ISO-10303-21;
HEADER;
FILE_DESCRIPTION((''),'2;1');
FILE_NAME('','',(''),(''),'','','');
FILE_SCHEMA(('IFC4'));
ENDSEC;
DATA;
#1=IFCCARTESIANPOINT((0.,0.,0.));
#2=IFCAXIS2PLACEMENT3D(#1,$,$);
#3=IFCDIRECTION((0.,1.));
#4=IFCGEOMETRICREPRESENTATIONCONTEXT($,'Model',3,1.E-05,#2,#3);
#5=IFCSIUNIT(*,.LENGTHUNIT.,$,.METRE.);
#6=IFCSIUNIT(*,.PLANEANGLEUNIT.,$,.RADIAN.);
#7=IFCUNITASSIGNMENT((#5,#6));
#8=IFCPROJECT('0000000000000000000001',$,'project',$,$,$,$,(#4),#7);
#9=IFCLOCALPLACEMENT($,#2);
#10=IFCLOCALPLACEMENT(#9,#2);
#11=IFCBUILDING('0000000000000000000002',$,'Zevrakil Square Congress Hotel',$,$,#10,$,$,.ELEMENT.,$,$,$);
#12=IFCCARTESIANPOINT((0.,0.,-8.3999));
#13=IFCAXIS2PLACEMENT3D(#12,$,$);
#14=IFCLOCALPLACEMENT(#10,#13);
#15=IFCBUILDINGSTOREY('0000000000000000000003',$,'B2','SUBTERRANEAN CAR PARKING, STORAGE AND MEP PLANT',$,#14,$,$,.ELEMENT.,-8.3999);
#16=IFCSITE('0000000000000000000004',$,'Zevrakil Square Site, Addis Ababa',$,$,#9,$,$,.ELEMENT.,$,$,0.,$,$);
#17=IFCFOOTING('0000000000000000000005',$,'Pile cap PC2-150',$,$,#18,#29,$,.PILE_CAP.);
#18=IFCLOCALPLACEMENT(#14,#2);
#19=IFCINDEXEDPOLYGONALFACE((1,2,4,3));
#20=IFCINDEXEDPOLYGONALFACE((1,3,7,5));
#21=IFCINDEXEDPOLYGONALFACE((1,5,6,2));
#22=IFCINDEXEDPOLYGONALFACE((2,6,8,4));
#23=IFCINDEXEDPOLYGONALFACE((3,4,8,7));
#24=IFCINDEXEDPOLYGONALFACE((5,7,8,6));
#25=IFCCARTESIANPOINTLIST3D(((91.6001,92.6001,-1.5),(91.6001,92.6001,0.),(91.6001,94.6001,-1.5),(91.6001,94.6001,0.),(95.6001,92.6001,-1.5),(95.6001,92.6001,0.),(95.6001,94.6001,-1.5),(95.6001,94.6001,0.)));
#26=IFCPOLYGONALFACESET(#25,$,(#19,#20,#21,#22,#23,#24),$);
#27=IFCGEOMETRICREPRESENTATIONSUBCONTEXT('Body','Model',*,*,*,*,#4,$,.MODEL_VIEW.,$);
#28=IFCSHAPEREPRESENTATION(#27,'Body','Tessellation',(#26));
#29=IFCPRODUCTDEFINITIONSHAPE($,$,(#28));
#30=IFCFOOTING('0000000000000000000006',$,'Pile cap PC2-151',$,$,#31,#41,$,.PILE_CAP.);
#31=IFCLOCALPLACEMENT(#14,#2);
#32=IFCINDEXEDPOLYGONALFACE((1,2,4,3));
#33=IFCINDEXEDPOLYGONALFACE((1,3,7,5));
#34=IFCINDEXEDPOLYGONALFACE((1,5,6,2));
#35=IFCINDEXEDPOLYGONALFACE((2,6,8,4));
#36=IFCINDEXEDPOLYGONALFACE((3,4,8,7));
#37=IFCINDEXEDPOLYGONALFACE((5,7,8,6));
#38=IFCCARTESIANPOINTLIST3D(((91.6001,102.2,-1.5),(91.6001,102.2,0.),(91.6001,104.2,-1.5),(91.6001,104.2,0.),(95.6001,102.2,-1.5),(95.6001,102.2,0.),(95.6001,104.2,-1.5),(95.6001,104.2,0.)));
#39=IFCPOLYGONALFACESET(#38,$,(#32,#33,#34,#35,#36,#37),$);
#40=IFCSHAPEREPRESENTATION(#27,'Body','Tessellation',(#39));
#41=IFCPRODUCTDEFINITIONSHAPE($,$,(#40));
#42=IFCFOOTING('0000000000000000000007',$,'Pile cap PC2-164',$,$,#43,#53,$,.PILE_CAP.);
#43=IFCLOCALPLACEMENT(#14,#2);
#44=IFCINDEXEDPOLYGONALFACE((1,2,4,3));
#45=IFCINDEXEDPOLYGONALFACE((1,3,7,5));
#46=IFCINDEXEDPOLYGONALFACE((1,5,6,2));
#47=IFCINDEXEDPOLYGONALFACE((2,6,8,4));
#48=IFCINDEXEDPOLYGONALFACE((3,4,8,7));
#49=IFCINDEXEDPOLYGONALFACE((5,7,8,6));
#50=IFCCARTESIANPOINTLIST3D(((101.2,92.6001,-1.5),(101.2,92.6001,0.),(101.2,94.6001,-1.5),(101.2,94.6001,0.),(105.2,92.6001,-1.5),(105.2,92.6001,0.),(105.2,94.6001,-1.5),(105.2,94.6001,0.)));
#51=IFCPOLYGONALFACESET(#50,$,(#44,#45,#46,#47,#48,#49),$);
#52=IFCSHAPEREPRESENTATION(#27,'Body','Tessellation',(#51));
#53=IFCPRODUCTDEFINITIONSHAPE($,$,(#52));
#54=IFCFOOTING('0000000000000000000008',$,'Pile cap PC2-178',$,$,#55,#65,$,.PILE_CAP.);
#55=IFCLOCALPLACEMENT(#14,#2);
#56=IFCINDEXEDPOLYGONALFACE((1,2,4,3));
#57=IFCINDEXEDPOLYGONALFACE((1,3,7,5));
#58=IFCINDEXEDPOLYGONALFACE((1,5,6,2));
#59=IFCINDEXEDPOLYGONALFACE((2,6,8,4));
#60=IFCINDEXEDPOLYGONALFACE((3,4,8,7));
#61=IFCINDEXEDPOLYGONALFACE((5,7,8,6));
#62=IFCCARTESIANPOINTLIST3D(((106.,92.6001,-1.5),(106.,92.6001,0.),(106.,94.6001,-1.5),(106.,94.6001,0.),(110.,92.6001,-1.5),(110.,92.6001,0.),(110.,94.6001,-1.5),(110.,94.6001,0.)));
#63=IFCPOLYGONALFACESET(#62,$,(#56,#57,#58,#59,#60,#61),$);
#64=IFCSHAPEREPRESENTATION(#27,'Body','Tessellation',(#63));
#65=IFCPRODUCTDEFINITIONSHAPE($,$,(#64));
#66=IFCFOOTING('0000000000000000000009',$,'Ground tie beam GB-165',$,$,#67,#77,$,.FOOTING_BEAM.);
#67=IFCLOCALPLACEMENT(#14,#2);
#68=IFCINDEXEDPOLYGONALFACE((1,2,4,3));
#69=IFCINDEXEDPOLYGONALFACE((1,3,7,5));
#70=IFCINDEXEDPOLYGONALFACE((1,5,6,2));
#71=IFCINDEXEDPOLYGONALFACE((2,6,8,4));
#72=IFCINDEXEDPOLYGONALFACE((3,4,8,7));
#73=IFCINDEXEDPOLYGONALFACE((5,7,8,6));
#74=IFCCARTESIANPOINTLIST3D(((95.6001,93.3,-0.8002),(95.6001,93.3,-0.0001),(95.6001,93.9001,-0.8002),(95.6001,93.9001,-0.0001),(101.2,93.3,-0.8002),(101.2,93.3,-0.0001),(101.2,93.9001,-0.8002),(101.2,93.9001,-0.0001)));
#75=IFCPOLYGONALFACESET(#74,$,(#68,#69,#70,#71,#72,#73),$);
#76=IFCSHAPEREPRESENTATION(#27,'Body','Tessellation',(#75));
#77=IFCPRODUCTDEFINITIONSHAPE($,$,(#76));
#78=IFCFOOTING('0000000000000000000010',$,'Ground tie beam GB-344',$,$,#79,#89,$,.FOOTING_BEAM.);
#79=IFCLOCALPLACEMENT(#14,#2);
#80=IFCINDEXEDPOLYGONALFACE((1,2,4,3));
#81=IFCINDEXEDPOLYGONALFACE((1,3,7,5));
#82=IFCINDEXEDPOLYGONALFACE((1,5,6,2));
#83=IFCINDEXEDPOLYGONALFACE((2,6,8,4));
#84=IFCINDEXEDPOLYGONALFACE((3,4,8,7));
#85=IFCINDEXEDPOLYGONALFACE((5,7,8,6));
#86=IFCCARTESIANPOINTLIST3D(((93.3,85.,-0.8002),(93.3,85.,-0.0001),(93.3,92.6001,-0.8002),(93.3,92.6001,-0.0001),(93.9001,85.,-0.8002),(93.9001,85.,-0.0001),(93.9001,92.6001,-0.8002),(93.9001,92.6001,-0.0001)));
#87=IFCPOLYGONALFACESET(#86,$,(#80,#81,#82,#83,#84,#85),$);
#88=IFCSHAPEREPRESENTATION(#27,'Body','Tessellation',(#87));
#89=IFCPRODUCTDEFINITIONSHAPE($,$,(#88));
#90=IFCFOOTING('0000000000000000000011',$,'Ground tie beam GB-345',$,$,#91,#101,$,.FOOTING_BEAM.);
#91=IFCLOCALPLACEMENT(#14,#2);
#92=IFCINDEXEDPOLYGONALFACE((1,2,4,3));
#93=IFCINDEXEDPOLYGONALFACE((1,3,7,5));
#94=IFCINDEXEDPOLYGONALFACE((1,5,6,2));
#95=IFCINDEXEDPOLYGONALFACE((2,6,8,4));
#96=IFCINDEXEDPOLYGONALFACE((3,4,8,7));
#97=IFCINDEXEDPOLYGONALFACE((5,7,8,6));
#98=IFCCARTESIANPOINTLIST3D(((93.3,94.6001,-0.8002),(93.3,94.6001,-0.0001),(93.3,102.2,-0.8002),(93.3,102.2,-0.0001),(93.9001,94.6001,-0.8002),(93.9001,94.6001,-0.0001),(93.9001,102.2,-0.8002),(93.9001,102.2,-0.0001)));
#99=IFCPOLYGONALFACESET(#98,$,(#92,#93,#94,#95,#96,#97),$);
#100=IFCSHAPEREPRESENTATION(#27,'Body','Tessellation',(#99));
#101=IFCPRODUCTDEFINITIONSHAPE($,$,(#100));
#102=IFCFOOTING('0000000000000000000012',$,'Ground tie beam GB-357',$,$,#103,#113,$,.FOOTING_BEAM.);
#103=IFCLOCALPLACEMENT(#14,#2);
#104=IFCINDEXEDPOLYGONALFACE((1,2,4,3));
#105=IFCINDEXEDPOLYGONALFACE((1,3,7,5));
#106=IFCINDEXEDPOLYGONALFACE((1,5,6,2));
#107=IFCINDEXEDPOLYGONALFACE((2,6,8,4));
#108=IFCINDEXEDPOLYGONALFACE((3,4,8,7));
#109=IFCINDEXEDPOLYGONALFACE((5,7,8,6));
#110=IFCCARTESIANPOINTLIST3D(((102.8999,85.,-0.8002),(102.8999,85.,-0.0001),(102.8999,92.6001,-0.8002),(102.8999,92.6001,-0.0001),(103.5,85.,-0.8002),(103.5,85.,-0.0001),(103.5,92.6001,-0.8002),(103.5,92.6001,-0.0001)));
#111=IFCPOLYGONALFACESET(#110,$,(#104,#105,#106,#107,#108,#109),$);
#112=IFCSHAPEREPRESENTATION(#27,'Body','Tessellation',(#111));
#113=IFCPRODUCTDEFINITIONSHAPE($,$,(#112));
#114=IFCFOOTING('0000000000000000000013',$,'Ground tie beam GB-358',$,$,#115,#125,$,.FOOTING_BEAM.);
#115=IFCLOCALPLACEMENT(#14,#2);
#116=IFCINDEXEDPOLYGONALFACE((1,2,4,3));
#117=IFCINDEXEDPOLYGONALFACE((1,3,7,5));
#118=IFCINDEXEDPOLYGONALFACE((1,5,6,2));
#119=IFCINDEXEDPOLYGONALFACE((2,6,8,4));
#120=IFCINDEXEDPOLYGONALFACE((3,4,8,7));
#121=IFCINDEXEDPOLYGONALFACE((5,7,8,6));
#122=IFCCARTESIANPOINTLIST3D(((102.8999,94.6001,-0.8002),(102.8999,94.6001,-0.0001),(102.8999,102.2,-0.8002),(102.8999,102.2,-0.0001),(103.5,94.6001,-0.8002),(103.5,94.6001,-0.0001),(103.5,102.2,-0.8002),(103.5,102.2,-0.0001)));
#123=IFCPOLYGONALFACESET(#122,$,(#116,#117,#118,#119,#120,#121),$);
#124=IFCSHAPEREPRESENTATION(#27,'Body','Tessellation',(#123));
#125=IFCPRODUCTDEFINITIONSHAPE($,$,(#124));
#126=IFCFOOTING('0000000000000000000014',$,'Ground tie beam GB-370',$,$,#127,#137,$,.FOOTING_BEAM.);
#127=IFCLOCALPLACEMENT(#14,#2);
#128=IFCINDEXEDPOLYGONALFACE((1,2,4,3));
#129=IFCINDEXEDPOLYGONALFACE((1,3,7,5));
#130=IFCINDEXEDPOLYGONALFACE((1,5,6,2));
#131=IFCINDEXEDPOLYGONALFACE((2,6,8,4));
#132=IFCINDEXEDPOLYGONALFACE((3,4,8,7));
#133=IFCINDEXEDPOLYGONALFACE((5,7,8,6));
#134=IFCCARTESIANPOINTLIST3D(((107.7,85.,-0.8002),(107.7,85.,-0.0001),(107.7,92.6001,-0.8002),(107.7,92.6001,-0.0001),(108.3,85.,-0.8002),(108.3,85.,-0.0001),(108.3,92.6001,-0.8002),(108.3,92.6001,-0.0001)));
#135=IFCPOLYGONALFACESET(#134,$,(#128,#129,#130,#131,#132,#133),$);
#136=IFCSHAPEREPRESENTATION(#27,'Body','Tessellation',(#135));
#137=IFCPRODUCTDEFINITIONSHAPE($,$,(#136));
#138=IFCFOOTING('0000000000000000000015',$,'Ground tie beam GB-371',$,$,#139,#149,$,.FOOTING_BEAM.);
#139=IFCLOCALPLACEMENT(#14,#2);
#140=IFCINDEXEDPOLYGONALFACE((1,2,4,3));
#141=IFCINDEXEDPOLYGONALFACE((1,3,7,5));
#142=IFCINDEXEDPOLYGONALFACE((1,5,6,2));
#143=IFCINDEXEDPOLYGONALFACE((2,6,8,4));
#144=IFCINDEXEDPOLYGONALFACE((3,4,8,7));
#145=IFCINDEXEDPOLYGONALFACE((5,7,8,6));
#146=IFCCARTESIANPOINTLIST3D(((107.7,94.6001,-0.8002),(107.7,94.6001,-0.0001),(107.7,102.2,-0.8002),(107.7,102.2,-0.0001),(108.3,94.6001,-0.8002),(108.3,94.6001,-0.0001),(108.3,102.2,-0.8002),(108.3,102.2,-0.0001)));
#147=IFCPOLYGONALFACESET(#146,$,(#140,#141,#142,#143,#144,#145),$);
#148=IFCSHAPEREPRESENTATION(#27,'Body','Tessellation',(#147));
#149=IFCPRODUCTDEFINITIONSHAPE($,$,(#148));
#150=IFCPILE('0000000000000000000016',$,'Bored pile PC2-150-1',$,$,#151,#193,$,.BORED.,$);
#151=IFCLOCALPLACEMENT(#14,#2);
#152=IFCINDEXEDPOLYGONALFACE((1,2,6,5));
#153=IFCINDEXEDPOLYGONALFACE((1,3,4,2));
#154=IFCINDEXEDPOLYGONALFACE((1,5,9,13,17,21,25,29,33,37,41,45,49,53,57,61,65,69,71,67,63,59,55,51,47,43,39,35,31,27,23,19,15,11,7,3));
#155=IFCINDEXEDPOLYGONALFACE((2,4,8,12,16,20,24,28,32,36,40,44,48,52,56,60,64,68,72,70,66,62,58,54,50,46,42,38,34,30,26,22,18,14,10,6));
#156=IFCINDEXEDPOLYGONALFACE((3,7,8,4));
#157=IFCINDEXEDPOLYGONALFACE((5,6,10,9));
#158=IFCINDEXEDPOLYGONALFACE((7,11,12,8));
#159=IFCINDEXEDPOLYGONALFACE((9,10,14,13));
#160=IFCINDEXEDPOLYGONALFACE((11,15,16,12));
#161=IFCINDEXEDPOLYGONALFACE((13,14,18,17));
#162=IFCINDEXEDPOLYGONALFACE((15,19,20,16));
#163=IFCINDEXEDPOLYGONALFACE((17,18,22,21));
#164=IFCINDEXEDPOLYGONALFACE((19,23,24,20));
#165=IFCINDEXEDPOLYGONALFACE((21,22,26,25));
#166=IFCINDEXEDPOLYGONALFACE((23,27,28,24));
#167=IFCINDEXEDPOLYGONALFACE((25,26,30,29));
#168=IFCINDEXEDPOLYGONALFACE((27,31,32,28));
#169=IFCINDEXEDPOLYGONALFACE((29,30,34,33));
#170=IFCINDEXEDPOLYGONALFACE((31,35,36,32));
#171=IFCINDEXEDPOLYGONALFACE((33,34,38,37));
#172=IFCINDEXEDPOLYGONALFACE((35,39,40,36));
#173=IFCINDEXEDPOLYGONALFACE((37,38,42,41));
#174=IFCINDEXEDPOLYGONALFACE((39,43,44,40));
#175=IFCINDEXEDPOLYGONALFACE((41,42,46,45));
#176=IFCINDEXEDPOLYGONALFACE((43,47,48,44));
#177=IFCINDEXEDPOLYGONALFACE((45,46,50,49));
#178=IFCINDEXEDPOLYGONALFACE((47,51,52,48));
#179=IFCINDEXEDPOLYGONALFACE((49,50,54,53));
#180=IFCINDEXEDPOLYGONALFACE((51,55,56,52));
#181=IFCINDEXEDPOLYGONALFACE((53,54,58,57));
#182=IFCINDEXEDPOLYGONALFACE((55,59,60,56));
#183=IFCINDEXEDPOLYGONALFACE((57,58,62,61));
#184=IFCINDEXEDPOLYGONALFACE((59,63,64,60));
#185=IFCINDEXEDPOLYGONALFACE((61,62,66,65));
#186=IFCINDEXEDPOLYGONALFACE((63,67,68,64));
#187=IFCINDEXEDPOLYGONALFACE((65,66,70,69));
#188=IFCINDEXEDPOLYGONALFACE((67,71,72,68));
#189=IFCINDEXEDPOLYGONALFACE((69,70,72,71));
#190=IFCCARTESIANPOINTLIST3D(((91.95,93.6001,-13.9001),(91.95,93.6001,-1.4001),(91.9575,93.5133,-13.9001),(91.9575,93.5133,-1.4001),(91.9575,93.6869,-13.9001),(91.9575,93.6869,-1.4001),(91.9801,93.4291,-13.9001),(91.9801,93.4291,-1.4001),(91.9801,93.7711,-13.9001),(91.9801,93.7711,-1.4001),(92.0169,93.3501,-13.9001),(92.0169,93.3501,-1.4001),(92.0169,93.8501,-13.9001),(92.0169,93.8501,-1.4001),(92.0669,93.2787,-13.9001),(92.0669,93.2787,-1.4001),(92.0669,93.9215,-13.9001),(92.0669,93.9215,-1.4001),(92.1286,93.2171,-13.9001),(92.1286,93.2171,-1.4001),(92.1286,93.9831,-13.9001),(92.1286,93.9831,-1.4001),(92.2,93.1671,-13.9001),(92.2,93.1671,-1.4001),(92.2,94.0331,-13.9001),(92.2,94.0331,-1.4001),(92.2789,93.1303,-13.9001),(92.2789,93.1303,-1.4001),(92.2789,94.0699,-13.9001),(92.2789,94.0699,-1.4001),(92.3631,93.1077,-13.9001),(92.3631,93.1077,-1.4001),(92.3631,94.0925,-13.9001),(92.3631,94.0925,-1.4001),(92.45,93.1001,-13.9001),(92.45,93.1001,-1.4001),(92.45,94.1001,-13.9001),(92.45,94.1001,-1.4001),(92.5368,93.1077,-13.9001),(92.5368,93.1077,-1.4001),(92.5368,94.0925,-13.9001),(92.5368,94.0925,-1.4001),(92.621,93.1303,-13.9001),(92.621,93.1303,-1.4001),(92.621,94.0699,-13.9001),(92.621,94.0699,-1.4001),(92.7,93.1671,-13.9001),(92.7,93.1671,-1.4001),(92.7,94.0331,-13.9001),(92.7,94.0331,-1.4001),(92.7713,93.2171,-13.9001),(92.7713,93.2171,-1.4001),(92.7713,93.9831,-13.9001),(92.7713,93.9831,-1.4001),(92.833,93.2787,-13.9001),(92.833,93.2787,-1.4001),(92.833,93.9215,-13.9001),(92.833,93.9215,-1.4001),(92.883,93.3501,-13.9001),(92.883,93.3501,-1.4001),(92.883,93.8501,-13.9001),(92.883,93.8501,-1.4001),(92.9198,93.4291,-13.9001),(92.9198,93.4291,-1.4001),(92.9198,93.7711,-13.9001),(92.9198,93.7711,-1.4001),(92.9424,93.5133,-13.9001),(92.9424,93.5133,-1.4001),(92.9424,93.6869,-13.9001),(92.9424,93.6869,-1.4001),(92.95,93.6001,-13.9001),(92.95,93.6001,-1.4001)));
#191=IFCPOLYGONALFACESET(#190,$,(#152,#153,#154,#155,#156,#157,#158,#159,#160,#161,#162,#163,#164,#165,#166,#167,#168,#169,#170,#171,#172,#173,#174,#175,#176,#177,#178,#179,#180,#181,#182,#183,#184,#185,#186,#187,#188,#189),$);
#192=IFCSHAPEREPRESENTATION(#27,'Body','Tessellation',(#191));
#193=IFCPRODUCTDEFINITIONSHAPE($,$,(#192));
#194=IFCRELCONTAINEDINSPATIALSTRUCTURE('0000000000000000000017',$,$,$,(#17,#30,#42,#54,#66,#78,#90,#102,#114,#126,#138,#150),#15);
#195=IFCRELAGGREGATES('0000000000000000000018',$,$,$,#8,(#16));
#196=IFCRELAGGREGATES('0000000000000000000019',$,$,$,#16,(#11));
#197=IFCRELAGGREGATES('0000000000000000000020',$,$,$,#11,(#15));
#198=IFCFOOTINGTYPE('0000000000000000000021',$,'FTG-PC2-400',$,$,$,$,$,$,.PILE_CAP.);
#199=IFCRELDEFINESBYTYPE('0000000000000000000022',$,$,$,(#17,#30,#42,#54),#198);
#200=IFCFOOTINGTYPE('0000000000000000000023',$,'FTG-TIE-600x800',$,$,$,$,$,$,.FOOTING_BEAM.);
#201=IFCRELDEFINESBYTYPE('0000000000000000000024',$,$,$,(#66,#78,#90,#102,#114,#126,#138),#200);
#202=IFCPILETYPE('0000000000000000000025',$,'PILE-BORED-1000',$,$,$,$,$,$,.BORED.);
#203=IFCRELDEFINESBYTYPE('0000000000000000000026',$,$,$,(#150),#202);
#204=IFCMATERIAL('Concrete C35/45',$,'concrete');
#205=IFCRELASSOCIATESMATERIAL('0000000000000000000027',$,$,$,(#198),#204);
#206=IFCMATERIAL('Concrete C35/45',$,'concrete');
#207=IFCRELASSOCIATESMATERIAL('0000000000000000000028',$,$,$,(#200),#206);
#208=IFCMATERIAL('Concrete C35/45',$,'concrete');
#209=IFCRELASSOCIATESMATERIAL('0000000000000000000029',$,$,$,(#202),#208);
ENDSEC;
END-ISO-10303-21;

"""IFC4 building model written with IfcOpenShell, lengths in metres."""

from ifc_helpers import new_model, si_unit, direction, frame, origin, origin_2d, place, context, subcontext, project, spatial, rectangle, circle, extrude, material, material_profile, profile_set, type_object, element, save


model = new_model("IFC4")

# Units and contexts
model_context = context("Model", 3, precision=1e-05, world=origin(), true_north=direction((0.0, 1.0)))
body_context = subcontext(model_context, "Body", "Model", "MODEL_VIEW")
ifc_project = project(units=[si_unit("LENGTHUNIT", "METRE"), si_unit("PLANEANGLEUNIT", "RADIAN")], contexts=[model_context])

# Site, building, storey
site_placement = place(None, origin())
site = spatial("IfcSite", under=ifc_project, at=site_placement, Name="Zevrakil Square Site, Addis Ababa", CompositionType="ELEMENT", RefElevation=0.0)
building_placement = place(site_placement, origin())
building = spatial("IfcBuilding", under=site, at=building_placement, Name="Zevrakil Square Congress Hotel", CompositionType="ELEMENT")
storey_placement = place(building_placement, frame((0.0, 0.0, -8.3999)))
storey = spatial("IfcBuildingStorey", under=building, at=storey_placement, Name="B2", Description="SUBTERRANEAN CAR PARKING, STORAGE AND MEP PLANT", CompositionType="ELEMENT", Elevation=-8.3999)

# Footings
ifc_material_1 = material(Name="Concrete C35/45", Category="concrete")
footing_type_1 = type_object("IfcFootingType", Name="FTG-PC2-400", PredefinedType="PILE_CAP", material=ifc_material_1)
for number, where, z_axis, x_axis, name in (
    (1, (93.6001, 93.6001, -1.5), (0.0, 0.0, 1.0), (1.0, 0.0, 0.0), "Pile cap PC2-150"),
    (2, (93.6001, 103.2, -1.5), (0.0, 0.0, 1.0), (1.0, 0.0, 0.0), "Pile cap PC2-151"),
    (3, (103.2, 93.6001, -1.5), (0.0, 0.0, 1.0), (1.0, 0.0, 0.0), "Pile cap PC2-164"),
    (4, (108.0, 93.6001, -1.5), (0.0, 0.0, 1.0), (1.0, 0.0, 0.0), "Pile cap PC2-178"),
):
    element("IfcFooting", number, at=place(storey_placement, frame(where, z_axis=z_axis, x_axis=x_axis)), inside=storey, type_object=footing_type_1, Name=name, PredefinedType="PILE_CAP", context=body_context, shape_type="SweptSolid", body=[
        extrude(rectangle(XDim=4.0, YDim=2.0, at=origin_2d()), origin(), (0.0, 0.0, 1.0), 1.5),
    ])
ifc_material_2 = material(Name="Concrete C35/45", Category="concrete")
ifc_material_profile_1 = material_profile(ifc_material_2, rectangle(XDim=0.6001, YDim=0.8, at=origin_2d()), Name="RC 600x800")
ifc_profile_set_1 = profile_set([ifc_material_profile_1], Name="Concrete C35/45")
footing_type_2 = type_object("IfcFootingType", Name="FTG-TIE-600x800", PredefinedType="FOOTING_BEAM", material=ifc_profile_set_1)
footing_1_placement = place(storey_placement, frame((95.6001, 93.6001, -0.4001), z_axis=(1.0, 0.0, 0.0), x_axis=(0.0, 1.0, 0.0)))
element("IfcFooting", 5, at=footing_1_placement, inside=storey, type_object=footing_type_2, Name="Ground tie beam GB-165", PredefinedType="FOOTING_BEAM", context=body_context, shape_type="SweptSolid", body=[
    extrude(rectangle(XDim=0.6001, YDim=0.8, at=origin_2d()), origin(), (0.0, 0.0, 1.0), 5.5999),
])
footing_2_placement = place(storey_placement, frame((93.6001, 85.0, -0.4001), z_axis=(0.0, 1.0, 0.0), x_axis=(-1.0, 0.0, 0.0)))
element("IfcFooting", 6, at=footing_2_placement, inside=storey, type_object=footing_type_2, Name="Ground tie beam GB-344", PredefinedType="FOOTING_BEAM", context=body_context, shape_type="SweptSolid", body=[
    extrude(rectangle(XDim=0.6001, YDim=0.8, at=origin_2d()), origin(), (0.0, 0.0, 1.0), 7.6001),
])
footing_3_placement = place(storey_placement, frame((93.6001, 94.6001, -0.4001), z_axis=(0.0, 1.0, 0.0), x_axis=(-1.0, 0.0, 0.0)))
element("IfcFooting", 7, at=footing_3_placement, inside=storey, type_object=footing_type_2, Name="Ground tie beam GB-345", PredefinedType="FOOTING_BEAM", context=body_context, shape_type="SweptSolid", body=[
    extrude(rectangle(XDim=0.6001, YDim=0.8, at=origin_2d()), origin(), (0.0, 0.0, 1.0), 7.5999),
])
footing_4_placement = place(storey_placement, frame((103.2, 85.0, -0.4001), z_axis=(0.0, 1.0, 0.0), x_axis=(-1.0, 0.0, 0.0)))
element("IfcFooting", 8, at=footing_4_placement, inside=storey, type_object=footing_type_2, Name="Ground tie beam GB-357", PredefinedType="FOOTING_BEAM", context=body_context, shape_type="SweptSolid", body=[
    extrude(rectangle(XDim=0.6001, YDim=0.8, at=origin_2d()), origin(), (0.0, 0.0, 1.0), 7.6001),
])
footing_5_placement = place(storey_placement, frame((103.2, 94.6001, -0.4001), z_axis=(0.0, 1.0, 0.0), x_axis=(-1.0, 0.0, 0.0)))
element("IfcFooting", 9, at=footing_5_placement, inside=storey, type_object=footing_type_2, Name="Ground tie beam GB-358", PredefinedType="FOOTING_BEAM", context=body_context, shape_type="SweptSolid", body=[
    extrude(rectangle(XDim=0.6001, YDim=0.8, at=origin_2d()), origin(), (0.0, 0.0, 1.0), 7.5999),
])
footing_6_placement = place(storey_placement, frame((108.0, 85.0, -0.4001), z_axis=(0.0, 1.0, 0.0), x_axis=(-1.0, 0.0, 0.0)))
element("IfcFooting", 10, at=footing_6_placement, inside=storey, type_object=footing_type_2, Name="Ground tie beam GB-370", PredefinedType="FOOTING_BEAM", context=body_context, shape_type="SweptSolid", body=[
    extrude(rectangle(XDim=0.6001, YDim=0.8, at=origin_2d()), origin(), (0.0, 0.0, 1.0), 7.6001),
])
footing_7_placement = place(storey_placement, frame((108.0, 94.6001, -0.4001), z_axis=(0.0, 1.0, 0.0), x_axis=(-1.0, 0.0, 0.0)))
element("IfcFooting", 11, at=footing_7_placement, inside=storey, type_object=footing_type_2, Name="Ground tie beam GB-371", PredefinedType="FOOTING_BEAM", context=body_context, shape_type="SweptSolid", body=[
    extrude(rectangle(XDim=0.6001, YDim=0.8, at=origin_2d()), origin(), (0.0, 0.0, 1.0), 7.5999),
])

# Pile
ifc_material_3 = material(Name="Concrete C35/45", Category="concrete")
ifc_material_profile_2 = material_profile(ifc_material_3, circle(Radius=0.5, at=origin_2d()), Name="PILE D1000")
ifc_profile_set_2 = profile_set([ifc_material_profile_2], Name="Concrete C35/45")
pile_type = type_object("IfcPileType", Name="PILE-BORED-1000", PredefinedType="BORED", material=ifc_profile_set_2)
for number, where, z_axis, x_axis, name in (
    (12, (92.45, 93.6001, -1.4001), (0.0, 0.0, -1.0), (1.0, 0.0, 0.0), "Bored pile PC2-150-1"),
):
    element("IfcPile", number, at=place(storey_placement, frame(where, z_axis=z_axis, x_axis=x_axis)), inside=storey, type_object=pile_type, Name=name, PredefinedType="BORED", context=body_context, shape_type="SweptSolid", body=[
        extrude(circle(Radius=0.5, at=origin_2d()), origin(), (0.0, 0.0, 1.0), 12.5),
    ])

save(model, "model.ifc")
